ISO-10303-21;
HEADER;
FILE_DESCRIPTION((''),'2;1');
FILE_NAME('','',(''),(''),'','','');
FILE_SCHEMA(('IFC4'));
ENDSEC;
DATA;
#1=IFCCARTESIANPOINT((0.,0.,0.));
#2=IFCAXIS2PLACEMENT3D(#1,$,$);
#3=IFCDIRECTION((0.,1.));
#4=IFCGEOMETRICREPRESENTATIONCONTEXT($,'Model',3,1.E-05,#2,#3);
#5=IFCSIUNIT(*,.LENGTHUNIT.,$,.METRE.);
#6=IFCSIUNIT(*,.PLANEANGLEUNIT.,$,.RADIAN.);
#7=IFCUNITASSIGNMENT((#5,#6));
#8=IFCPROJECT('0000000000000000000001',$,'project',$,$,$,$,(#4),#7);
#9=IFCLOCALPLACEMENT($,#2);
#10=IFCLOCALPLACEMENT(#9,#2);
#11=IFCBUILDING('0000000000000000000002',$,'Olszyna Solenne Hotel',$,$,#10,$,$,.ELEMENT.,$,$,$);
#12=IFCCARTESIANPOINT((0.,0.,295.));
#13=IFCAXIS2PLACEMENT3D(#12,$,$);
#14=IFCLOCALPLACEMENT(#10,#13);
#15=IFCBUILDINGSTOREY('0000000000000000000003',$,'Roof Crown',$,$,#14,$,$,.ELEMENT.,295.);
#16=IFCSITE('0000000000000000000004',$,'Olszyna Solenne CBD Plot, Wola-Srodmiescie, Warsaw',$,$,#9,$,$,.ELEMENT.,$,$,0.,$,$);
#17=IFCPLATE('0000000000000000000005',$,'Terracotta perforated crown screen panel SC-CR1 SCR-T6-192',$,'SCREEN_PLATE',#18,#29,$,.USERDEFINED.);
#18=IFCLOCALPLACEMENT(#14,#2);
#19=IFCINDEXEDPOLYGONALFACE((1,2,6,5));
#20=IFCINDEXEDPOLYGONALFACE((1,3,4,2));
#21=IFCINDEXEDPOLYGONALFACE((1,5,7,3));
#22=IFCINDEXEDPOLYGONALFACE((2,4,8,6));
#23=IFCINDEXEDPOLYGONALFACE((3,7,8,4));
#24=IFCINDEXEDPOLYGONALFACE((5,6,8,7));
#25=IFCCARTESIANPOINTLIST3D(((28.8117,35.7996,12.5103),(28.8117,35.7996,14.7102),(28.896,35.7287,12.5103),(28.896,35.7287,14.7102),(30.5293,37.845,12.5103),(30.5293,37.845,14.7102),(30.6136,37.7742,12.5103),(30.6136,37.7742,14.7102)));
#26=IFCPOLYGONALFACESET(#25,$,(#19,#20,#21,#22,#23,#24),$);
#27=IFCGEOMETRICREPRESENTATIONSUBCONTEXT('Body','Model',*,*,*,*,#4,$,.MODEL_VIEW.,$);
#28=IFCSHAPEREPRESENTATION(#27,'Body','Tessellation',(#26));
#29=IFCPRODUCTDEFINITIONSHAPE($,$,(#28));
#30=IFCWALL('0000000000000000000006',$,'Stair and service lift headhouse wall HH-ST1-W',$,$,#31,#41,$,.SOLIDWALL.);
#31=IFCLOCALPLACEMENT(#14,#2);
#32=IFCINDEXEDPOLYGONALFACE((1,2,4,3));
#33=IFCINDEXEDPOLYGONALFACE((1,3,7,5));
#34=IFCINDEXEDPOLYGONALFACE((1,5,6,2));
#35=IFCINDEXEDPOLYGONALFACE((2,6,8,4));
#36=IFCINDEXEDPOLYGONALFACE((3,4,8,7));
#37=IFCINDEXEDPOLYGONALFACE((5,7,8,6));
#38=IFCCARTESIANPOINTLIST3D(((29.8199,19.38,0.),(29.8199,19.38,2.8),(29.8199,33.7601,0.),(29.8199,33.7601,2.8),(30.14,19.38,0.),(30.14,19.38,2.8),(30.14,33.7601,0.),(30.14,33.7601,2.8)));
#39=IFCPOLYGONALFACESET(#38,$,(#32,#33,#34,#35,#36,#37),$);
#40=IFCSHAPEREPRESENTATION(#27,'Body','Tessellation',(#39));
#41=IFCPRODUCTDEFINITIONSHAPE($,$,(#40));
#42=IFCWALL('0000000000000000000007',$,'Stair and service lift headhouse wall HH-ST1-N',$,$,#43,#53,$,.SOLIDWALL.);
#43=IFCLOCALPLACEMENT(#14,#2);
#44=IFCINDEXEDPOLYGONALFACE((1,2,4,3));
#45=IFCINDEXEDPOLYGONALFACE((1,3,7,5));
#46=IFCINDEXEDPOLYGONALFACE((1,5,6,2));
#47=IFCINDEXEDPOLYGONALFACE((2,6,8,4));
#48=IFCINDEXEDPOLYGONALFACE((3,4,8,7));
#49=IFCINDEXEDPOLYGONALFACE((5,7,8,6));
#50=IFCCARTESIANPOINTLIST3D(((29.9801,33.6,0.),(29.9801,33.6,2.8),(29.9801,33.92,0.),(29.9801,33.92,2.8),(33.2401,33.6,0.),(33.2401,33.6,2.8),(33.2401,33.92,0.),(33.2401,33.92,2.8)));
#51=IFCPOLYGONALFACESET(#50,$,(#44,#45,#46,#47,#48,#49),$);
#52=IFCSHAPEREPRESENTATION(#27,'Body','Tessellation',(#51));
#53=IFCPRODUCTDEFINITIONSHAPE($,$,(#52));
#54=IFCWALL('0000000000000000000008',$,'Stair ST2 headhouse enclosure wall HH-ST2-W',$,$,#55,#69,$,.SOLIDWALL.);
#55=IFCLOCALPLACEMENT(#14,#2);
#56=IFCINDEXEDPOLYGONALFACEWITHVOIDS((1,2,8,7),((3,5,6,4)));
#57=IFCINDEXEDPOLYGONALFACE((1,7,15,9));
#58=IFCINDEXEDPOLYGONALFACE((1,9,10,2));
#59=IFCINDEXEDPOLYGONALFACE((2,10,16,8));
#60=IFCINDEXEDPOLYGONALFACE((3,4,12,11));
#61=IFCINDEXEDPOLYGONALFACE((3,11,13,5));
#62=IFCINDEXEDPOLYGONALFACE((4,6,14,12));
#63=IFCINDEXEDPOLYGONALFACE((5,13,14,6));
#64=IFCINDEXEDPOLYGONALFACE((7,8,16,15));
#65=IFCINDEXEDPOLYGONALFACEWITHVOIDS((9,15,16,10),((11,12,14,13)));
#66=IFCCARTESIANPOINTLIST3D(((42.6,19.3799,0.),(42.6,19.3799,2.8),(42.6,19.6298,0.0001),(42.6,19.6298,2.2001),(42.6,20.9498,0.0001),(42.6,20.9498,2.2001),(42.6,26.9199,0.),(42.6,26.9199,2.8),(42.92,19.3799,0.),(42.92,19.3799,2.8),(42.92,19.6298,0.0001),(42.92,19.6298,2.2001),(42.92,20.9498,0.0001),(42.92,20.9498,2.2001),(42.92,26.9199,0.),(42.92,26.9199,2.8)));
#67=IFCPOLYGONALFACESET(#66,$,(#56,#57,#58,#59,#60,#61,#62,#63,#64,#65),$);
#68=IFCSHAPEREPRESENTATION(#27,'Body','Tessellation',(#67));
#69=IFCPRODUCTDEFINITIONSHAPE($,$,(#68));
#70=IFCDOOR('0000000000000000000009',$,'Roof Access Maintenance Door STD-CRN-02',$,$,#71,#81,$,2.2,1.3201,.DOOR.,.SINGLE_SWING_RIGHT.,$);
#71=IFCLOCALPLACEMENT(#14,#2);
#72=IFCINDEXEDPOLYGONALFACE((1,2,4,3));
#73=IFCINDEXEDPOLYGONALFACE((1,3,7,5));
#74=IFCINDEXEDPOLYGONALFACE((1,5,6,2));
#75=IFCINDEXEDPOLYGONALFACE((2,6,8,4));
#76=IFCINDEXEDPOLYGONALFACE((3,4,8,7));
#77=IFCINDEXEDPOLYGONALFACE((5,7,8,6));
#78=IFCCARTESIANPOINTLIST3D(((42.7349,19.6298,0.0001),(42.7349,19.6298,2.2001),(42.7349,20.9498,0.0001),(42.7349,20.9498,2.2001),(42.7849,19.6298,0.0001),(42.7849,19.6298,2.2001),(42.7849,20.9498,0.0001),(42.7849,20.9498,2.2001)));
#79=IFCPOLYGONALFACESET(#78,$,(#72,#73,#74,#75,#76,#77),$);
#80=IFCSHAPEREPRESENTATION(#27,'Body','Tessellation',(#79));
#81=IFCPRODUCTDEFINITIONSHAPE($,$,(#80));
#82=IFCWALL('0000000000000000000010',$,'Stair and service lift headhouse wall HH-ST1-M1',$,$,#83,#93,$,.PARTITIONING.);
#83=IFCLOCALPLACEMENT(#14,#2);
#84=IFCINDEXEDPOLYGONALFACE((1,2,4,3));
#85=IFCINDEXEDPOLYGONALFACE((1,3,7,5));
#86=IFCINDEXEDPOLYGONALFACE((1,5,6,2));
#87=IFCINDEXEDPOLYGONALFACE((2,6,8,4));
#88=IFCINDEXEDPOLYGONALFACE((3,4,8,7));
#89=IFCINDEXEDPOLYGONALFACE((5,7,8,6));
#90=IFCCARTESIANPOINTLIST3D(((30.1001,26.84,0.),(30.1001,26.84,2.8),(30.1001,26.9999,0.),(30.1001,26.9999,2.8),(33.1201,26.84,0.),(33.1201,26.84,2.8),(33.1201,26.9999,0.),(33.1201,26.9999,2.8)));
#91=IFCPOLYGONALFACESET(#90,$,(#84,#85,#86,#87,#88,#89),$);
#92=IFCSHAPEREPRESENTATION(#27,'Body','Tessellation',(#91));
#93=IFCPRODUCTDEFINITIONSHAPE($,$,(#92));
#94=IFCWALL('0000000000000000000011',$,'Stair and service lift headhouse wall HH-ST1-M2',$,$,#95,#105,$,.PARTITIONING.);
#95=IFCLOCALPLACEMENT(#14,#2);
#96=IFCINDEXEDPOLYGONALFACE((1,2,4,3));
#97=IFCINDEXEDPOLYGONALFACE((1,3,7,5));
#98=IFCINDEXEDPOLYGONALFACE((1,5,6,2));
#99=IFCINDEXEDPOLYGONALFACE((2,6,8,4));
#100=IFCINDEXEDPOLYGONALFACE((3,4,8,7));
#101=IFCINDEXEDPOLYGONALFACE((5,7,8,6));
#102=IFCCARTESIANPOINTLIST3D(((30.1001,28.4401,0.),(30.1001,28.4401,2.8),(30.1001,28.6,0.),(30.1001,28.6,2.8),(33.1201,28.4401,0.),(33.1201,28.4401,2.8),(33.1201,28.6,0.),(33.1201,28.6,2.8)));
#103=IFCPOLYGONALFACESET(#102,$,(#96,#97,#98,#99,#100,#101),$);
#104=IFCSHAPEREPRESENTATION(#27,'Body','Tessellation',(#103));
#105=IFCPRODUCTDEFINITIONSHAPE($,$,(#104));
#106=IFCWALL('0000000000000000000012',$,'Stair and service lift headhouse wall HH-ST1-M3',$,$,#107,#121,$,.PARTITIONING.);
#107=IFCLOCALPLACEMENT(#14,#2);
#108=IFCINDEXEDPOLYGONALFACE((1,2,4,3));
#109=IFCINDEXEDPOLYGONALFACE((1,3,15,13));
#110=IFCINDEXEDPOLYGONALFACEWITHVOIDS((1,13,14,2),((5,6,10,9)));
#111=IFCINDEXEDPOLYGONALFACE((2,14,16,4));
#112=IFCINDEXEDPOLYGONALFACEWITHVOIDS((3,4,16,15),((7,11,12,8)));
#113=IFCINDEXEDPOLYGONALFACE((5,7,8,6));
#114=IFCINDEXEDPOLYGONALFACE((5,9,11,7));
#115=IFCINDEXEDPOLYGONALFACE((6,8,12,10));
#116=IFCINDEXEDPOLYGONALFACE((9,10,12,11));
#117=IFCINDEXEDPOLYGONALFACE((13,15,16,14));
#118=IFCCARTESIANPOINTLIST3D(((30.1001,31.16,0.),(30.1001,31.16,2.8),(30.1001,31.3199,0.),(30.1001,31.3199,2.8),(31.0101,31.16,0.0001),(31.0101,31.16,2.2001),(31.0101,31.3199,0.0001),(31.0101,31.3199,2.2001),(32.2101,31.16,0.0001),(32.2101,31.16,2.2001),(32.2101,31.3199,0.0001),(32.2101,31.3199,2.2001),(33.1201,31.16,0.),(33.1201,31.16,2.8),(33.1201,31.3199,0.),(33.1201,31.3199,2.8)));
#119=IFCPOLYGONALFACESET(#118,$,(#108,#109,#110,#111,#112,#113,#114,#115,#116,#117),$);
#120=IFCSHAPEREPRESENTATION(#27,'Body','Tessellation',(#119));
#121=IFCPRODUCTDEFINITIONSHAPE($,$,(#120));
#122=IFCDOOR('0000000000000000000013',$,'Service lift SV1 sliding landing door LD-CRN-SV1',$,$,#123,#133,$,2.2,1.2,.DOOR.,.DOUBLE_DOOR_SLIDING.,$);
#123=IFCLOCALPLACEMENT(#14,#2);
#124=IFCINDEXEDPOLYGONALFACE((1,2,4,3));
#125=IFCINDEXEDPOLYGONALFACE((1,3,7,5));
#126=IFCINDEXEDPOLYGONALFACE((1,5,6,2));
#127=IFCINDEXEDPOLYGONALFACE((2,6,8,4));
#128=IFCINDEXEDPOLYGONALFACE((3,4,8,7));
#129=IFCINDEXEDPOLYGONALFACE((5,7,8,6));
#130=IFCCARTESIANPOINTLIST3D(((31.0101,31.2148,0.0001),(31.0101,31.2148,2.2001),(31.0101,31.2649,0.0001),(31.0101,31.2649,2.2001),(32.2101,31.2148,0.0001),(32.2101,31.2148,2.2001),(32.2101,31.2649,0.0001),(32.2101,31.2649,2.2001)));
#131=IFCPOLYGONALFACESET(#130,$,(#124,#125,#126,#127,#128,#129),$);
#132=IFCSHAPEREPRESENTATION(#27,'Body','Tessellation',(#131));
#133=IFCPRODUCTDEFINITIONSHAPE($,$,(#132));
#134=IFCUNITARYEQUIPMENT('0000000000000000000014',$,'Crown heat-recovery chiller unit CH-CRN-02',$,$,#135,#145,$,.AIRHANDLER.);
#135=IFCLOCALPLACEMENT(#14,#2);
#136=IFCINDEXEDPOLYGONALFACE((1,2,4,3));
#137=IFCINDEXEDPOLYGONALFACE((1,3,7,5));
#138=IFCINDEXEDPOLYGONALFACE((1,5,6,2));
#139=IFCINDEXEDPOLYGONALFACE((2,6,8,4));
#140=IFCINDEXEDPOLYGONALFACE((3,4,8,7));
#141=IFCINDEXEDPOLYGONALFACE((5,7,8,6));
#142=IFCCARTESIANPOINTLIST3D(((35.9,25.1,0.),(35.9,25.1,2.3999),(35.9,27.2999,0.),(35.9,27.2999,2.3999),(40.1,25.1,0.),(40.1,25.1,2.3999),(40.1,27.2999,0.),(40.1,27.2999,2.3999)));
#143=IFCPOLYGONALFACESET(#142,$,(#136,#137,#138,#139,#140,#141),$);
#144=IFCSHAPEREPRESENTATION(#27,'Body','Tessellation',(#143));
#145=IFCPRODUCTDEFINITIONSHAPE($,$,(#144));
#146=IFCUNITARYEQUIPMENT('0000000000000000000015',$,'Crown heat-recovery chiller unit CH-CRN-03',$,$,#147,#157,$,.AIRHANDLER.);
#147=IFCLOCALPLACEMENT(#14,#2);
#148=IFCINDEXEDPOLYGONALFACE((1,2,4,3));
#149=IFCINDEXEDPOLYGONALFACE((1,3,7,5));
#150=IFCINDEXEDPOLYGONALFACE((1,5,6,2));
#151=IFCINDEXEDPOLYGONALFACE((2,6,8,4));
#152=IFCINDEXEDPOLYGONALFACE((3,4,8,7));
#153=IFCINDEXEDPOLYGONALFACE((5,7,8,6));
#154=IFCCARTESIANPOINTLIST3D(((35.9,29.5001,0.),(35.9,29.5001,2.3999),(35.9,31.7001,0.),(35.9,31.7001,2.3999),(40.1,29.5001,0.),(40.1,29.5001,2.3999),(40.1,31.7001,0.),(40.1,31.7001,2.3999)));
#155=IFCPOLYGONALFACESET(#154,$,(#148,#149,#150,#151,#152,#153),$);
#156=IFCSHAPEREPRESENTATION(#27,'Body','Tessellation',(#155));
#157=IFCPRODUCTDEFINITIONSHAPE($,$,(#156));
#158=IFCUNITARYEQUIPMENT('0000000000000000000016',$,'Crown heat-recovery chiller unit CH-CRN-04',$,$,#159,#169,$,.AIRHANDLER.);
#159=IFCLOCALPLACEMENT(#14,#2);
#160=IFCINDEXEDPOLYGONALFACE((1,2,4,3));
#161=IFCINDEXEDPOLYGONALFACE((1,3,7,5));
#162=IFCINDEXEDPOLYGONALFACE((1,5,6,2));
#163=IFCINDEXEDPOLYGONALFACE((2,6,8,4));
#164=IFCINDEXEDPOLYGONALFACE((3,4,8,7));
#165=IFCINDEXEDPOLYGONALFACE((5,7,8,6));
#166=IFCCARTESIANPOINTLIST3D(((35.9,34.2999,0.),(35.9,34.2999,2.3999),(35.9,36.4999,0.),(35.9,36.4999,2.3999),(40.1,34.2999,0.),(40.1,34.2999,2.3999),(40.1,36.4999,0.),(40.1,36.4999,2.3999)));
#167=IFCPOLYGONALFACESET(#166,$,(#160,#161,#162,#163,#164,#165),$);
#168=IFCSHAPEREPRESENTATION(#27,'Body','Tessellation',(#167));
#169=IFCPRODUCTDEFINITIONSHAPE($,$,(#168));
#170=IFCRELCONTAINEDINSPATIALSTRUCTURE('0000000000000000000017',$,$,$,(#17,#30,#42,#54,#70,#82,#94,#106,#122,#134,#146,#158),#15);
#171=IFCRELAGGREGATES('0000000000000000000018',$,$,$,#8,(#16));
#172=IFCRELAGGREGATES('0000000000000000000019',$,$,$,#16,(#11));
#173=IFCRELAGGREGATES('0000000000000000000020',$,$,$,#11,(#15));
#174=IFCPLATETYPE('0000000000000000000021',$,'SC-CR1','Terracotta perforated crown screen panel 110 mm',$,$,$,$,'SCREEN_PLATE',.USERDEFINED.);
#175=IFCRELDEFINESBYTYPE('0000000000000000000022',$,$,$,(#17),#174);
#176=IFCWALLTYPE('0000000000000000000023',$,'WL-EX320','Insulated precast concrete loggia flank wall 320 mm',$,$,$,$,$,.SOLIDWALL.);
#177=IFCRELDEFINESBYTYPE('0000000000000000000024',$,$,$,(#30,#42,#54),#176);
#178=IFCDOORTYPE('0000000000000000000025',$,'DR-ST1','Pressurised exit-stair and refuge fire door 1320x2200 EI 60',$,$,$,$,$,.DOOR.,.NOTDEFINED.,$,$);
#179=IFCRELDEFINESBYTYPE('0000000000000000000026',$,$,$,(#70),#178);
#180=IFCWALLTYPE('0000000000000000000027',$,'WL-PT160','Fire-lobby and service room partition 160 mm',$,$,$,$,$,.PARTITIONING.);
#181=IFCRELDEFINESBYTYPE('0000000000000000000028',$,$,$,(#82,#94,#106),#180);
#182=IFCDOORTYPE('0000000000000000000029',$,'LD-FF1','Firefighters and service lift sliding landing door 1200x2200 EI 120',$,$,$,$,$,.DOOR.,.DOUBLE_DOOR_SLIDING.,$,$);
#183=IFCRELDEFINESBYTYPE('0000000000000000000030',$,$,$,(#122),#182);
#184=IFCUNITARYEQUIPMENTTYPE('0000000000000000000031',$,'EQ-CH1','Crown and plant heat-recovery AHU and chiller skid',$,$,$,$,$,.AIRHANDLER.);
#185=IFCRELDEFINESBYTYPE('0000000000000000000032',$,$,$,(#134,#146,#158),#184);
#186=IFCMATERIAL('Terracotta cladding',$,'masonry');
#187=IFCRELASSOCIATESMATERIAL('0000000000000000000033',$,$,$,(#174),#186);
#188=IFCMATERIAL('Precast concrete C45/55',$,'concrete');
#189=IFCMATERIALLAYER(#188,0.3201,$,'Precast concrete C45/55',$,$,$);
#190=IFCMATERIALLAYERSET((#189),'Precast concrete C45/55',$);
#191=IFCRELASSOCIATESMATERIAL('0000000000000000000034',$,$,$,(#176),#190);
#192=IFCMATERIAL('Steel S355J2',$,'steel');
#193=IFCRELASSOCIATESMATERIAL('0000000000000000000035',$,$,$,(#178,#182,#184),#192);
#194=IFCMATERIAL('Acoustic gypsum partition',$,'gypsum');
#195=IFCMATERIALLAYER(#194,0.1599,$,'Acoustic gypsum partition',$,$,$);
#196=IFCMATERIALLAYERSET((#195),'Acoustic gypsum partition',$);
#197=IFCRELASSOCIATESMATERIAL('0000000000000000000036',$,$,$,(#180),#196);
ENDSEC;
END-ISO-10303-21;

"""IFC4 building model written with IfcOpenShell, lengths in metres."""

from ifc_helpers import new_model, si_unit, direction, frame, frame_2d, origin, origin_2d, place, context, subcontext, project, spatial, rectangle, extrude, source, transform, mapped, material, layer, layer_set, type_object, type_shapes, element, fill, save


model = new_model("IFC4")

# Units and contexts
model_context = context("Model", 3, precision=1e-05, world=origin(), true_north=direction((0.0, 1.0)))
body_context = subcontext(model_context, "Body", "Model", "MODEL_VIEW")
ifc_project = project(units=[si_unit("LENGTHUNIT", "METRE"), si_unit("PLANEANGLEUNIT", "RADIAN")], contexts=[model_context])

# Site, building, storey
site_placement = place(None, origin())
site = spatial("IfcSite", under=ifc_project, at=site_placement, Name="Olszyna Solenne CBD Plot, Wola-Srodmiescie, Warsaw", CompositionType="ELEMENT", RefElevation=0.0)
building_placement = place(site_placement, origin())
building = spatial("IfcBuilding", under=site, at=building_placement, Name="Olszyna Solenne Hotel", CompositionType="ELEMENT")
storey_placement = place(building_placement, frame((0.0, 0.0, 295.0)))
storey = spatial("IfcBuildingStorey", under=building, at=storey_placement, Name="Roof Crown", CompositionType="ELEMENT", Elevation=295.0)

# Plate
ifc_material_1 = material(Name="Terracotta cladding", Category="masonry")
plate_type_1 = type_object("IfcPlateType", Name="SC-CR1", Description="Terracotta perforated crown screen panel 110 mm", ElementType="SCREEN_PLATE", PredefinedType="USERDEFINED", material=ifc_material_1)
shared_shape_1 = source(origin(), body_context, "Body", "SweptSolid", [
    extrude(rectangle(XDim=2.6709, YDim=0.1101, at=origin_2d()), origin(), (0.0, 0.0, 1.0), 2.2),
])
for number, where, z_axis, x_axis, name in (
    (1, (29.7126, 36.7869, 12.5103), (0.0, 0.0, 1.0), (0.643055, 0.76582, 0.0), "Terracotta perforated crown screen panel SC-CR1 SCR-T6-192"),
):
    element("IfcPlate", number, at=place(storey_placement, frame(where, z_axis=z_axis, x_axis=x_axis)), inside=storey, type_object=plate_type_1, Name=name, ObjectType="SCREEN_PLATE", PredefinedType="USERDEFINED", context=body_context, shape_type="MappedRepresentation", body=[
        mapped(shared_shape_1, transform((0.0, 0.0, 0.0), x_axis=(1.0, 0.0, 0.0), y_axis=(0.0, 1.0, 0.0), z_axis=(0.0, 0.0, 1.0), scale=1.0)),
    ])

# Walls
ifc_material_2 = material(Name="Precast concrete C45/55", Category="concrete")
ifc_layer_1 = layer(ifc_material_2, 0.3201, Name="Precast concrete C45/55")
ifc_layer_set_1 = layer_set([ifc_layer_1], Name="Precast concrete C45/55")
wall_type_1 = type_object("IfcWallType", Name="WL-EX320", Description="Insulated precast concrete loggia flank wall 320 mm", PredefinedType="SOLIDWALL", material=ifc_layer_set_1)
wall_1_placement = place(storey_placement, frame((29.98, 33.76, 0.0), z_axis=(0.0, 0.0, 1.0), x_axis=(0.0, -1.0, 0.0)))
element("IfcWall", 2, at=wall_1_placement, inside=storey, type_object=wall_type_1, Name="Stair and service lift headhouse wall HH-ST1-W", PredefinedType="SOLIDWALL", context=body_context, shape_type="SweptSolid", body=[
    extrude(rectangle(XDim=14.3801, YDim=0.3201, at=frame_2d((7.1899, 0.0))), origin(), (0.0, 0.0, 1.0), 2.8),
])
wall_2_placement = place(storey_placement, frame((33.24, 33.76, 0.0), z_axis=(0.0, 0.0, 1.0), x_axis=(-1.0, 0.0, 0.0)))
element("IfcWall", 3, at=wall_2_placement, inside=storey, type_object=wall_type_1, Name="Stair and service lift headhouse wall HH-ST1-N", PredefinedType="SOLIDWALL", context=body_context, shape_type="SweptSolid", body=[
    extrude(rectangle(XDim=3.26, YDim=0.3201, at=frame_2d((1.6299, 0.0))), origin(), (0.0, 0.0, 1.0), 2.8),
])

# Wall, opening, door
wall_3_placement = place(storey_placement, frame((42.76, 26.9199, 0.0), z_axis=(0.0, 0.0, 1.0), x_axis=(0.0, -1.0, 0.0)))
wall_3 = element("IfcWall", 4, at=wall_3_placement, inside=storey, type_object=wall_type_1, Name="Stair ST2 headhouse enclosure wall HH-ST2-W", PredefinedType="SOLIDWALL", context=body_context, shape_type="SweptSolid", body=[
    extrude(rectangle(XDim=7.54, YDim=0.3201, at=frame_2d((3.77, 0.0))), origin(), (0.0, 0.0, 1.0), 2.8),
])
opening_1_placement = place(wall_3_placement, frame((5.97, 0.0, 0.0)))
opening_1 = element("IfcOpeningElement", 5, at=opening_1_placement, cuts=wall_3, PredefinedType="OPENING", context=body_context, shape_type="SweptSolid", body=[
    extrude(rectangle(XDim=1.3201, YDim=2.2, at=frame_2d((0.6602, 1.1001))), frame((0.0, 0.1699, 0.0), z_axis=(0.0, -1.0, 0.0), x_axis=(1.0, 0.0, 0.0)), (0.0, 0.0, 1.0), 0.3401),
])
ifc_material_3 = material(Name="Steel S355J2", Category="steel")
door_type_1 = type_object("IfcDoorType", Name="DR-ST1", Description="Pressurised exit-stair and refuge fire door 1320x2200 EI 60", OperationType="NOTDEFINED", PredefinedType="DOOR", material=ifc_material_3)
shared_shape_2 = source(origin(), body_context, "Body", "SweptSolid", [
    extrude(rectangle(XDim=1.3201, YDim=2.2, at=frame_2d((0.6602, 1.1001))), frame((0.0, 0.0249, 0.0), z_axis=(0.0, -1.0, 0.0), x_axis=(1.0, 0.0, 0.0)), (0.0, 0.0, 1.0), 0.05),
])
type_shapes(door_type_1, [shared_shape_2])
door_1_placement = place(opening_1_placement, origin())
door_1 = element("IfcDoor", 6, at=door_1_placement, inside=storey, type_object=door_type_1, Name="Roof Access Maintenance Door STD-CRN-02", OperationType="SINGLE_SWING_RIGHT", OverallHeight=2.2, OverallWidth=1.3201, PredefinedType="DOOR", context=body_context, shape_type="MappedRepresentation", body=[
    mapped(shared_shape_2, transform((0.0, 0.0, 0.0), x_axis=(1.0, 0.0, 0.0), y_axis=(0.0, 1.0, 0.0), z_axis=(0.0, 0.0, 1.0), scale=1.0)),
])
fill(opening_1, door_1)

# Walls
ifc_material_4 = material(Name="Acoustic gypsum partition", Category="gypsum")
ifc_layer_2 = layer(ifc_material_4, 0.1599, Name="Acoustic gypsum partition")
ifc_layer_set_2 = layer_set([ifc_layer_2], Name="Acoustic gypsum partition")
wall_type_2 = type_object("IfcWallType", Name="WL-PT160", Description="Fire-lobby and service room partition 160 mm", PredefinedType="PARTITIONING", material=ifc_layer_set_2)
for number, where, z_axis, x_axis, name in (
    (7, (30.1001, 26.9199, 0.0), (0.0, 0.0, 1.0), (1.0, 0.0, 0.0), "Stair and service lift headhouse wall HH-ST1-M1"),
    (8, (30.1001, 28.52, 0.0), (0.0, 0.0, 1.0), (1.0, 0.0, 0.0), "Stair and service lift headhouse wall HH-ST1-M2"),
):
    element("IfcWall", number, at=place(storey_placement, frame(where, z_axis=z_axis, x_axis=x_axis)), inside=storey, type_object=wall_type_2, Name=name, PredefinedType="PARTITIONING", context=body_context, shape_type="SweptSolid", body=[
        extrude(rectangle(XDim=3.02, YDim=0.1599, at=frame_2d((1.51, 0.0))), origin(), (0.0, 0.0, 1.0), 2.8),
    ])

# Wall, opening, door
wall_4_placement = place(storey_placement, frame((30.1001, 31.24, 0.0), z_axis=(0.0, 0.0, 1.0), x_axis=(1.0, 0.0, 0.0)))
wall_4 = element("IfcWall", 9, at=wall_4_placement, inside=storey, type_object=wall_type_2, Name="Stair and service lift headhouse wall HH-ST1-M3", PredefinedType="PARTITIONING", context=body_context, shape_type="SweptSolid", body=[
    extrude(rectangle(XDim=3.02, YDim=0.1599, at=frame_2d((1.51, 0.0))), origin(), (0.0, 0.0, 1.0), 2.8),
])
opening_2_placement = place(wall_4_placement, frame((0.9099, 0.0, 0.0)))
opening_2 = element("IfcOpeningElement", 10, at=opening_2_placement, cuts=wall_4, PredefinedType="OPENING", context=body_context, shape_type="SweptSolid", body=[
    extrude(rectangle(XDim=1.2, YDim=2.2, at=frame_2d((0.6001, 1.1001))), frame((0.0, 0.0898, 0.0), z_axis=(0.0, -1.0, 0.0), x_axis=(1.0, 0.0, 0.0)), (0.0, 0.0, 1.0), 0.1799),
])
door_type_2 = type_object("IfcDoorType", Name="LD-FF1", Description="Firefighters and service lift sliding landing door 1200x2200 EI 120", OperationType="DOUBLE_DOOR_SLIDING", PredefinedType="DOOR", material=ifc_material_3)
shared_shape_3 = source(origin(), body_context, "Body", "SweptSolid", [
    extrude(rectangle(XDim=1.2, YDim=2.2, at=frame_2d((0.6001, 1.1001))), frame((0.0, 0.0249, 0.0), z_axis=(0.0, -1.0, 0.0), x_axis=(1.0, 0.0, 0.0)), (0.0, 0.0, 1.0), 0.05),
])
type_shapes(door_type_2, [shared_shape_3])
door_2_placement = place(opening_2_placement, origin())
door_2 = element("IfcDoor", 11, at=door_2_placement, inside=storey, type_object=door_type_2, Name="Service lift SV1 sliding landing door LD-CRN-SV1", OperationType="DOUBLE_DOOR_SLIDING", OverallHeight=2.2, OverallWidth=1.2, PredefinedType="DOOR", context=body_context, shape_type="MappedRepresentation", body=[
    mapped(shared_shape_3, transform((0.0, 0.0, 0.0), x_axis=(1.0, 0.0, 0.0), y_axis=(0.0, 1.0, 0.0), z_axis=(0.0, 0.0, 1.0), scale=1.0)),
])
fill(opening_2, door_2)

# Unitary equipment
unitary_equipment_type = type_object("IfcUnitaryEquipmentType", Name="EQ-CH1", Description="Crown and plant heat-recovery AHU and chiller skid", PredefinedType="AIRHANDLER", material=ifc_material_3)
shared_shape_4 = source(origin(), body_context, "Body", "SweptSolid", [
    extrude(rectangle(XDim=4.2, YDim=2.2, at=origin_2d()), origin(), (0.0, 0.0, 1.0), 2.3999),
])
for number, where, z_axis, x_axis, name in (
    (12, (38.0, 26.2, 0.0), (0.0, 0.0, 1.0), (1.0, 0.0, 0.0), "Crown heat-recovery chiller unit CH-CRN-02"),
    (13, (38.0, 30.6001, 0.0), (0.0, 0.0, 1.0), (1.0, 0.0, 0.0), "Crown heat-recovery chiller unit CH-CRN-03"),
    (14, (38.0, 35.3999, 0.0), (0.0, 0.0, 1.0), (1.0, 0.0, 0.0), "Crown heat-recovery chiller unit CH-CRN-04"),
):
    element("IfcUnitaryEquipment", number, at=place(storey_placement, frame(where, z_axis=z_axis, x_axis=x_axis)), inside=storey, type_object=unitary_equipment_type, Name=name, PredefinedType="AIRHANDLER", context=body_context, shape_type="MappedRepresentation", body=[
        mapped(shared_shape_4, transform((0.0, 0.0, 0.0), x_axis=(1.0, 0.0, 0.0), y_axis=(0.0, 1.0, 0.0), z_axis=(0.0, 0.0, 1.0), scale=1.0)),
    ])

save(model, "model.ifc")
